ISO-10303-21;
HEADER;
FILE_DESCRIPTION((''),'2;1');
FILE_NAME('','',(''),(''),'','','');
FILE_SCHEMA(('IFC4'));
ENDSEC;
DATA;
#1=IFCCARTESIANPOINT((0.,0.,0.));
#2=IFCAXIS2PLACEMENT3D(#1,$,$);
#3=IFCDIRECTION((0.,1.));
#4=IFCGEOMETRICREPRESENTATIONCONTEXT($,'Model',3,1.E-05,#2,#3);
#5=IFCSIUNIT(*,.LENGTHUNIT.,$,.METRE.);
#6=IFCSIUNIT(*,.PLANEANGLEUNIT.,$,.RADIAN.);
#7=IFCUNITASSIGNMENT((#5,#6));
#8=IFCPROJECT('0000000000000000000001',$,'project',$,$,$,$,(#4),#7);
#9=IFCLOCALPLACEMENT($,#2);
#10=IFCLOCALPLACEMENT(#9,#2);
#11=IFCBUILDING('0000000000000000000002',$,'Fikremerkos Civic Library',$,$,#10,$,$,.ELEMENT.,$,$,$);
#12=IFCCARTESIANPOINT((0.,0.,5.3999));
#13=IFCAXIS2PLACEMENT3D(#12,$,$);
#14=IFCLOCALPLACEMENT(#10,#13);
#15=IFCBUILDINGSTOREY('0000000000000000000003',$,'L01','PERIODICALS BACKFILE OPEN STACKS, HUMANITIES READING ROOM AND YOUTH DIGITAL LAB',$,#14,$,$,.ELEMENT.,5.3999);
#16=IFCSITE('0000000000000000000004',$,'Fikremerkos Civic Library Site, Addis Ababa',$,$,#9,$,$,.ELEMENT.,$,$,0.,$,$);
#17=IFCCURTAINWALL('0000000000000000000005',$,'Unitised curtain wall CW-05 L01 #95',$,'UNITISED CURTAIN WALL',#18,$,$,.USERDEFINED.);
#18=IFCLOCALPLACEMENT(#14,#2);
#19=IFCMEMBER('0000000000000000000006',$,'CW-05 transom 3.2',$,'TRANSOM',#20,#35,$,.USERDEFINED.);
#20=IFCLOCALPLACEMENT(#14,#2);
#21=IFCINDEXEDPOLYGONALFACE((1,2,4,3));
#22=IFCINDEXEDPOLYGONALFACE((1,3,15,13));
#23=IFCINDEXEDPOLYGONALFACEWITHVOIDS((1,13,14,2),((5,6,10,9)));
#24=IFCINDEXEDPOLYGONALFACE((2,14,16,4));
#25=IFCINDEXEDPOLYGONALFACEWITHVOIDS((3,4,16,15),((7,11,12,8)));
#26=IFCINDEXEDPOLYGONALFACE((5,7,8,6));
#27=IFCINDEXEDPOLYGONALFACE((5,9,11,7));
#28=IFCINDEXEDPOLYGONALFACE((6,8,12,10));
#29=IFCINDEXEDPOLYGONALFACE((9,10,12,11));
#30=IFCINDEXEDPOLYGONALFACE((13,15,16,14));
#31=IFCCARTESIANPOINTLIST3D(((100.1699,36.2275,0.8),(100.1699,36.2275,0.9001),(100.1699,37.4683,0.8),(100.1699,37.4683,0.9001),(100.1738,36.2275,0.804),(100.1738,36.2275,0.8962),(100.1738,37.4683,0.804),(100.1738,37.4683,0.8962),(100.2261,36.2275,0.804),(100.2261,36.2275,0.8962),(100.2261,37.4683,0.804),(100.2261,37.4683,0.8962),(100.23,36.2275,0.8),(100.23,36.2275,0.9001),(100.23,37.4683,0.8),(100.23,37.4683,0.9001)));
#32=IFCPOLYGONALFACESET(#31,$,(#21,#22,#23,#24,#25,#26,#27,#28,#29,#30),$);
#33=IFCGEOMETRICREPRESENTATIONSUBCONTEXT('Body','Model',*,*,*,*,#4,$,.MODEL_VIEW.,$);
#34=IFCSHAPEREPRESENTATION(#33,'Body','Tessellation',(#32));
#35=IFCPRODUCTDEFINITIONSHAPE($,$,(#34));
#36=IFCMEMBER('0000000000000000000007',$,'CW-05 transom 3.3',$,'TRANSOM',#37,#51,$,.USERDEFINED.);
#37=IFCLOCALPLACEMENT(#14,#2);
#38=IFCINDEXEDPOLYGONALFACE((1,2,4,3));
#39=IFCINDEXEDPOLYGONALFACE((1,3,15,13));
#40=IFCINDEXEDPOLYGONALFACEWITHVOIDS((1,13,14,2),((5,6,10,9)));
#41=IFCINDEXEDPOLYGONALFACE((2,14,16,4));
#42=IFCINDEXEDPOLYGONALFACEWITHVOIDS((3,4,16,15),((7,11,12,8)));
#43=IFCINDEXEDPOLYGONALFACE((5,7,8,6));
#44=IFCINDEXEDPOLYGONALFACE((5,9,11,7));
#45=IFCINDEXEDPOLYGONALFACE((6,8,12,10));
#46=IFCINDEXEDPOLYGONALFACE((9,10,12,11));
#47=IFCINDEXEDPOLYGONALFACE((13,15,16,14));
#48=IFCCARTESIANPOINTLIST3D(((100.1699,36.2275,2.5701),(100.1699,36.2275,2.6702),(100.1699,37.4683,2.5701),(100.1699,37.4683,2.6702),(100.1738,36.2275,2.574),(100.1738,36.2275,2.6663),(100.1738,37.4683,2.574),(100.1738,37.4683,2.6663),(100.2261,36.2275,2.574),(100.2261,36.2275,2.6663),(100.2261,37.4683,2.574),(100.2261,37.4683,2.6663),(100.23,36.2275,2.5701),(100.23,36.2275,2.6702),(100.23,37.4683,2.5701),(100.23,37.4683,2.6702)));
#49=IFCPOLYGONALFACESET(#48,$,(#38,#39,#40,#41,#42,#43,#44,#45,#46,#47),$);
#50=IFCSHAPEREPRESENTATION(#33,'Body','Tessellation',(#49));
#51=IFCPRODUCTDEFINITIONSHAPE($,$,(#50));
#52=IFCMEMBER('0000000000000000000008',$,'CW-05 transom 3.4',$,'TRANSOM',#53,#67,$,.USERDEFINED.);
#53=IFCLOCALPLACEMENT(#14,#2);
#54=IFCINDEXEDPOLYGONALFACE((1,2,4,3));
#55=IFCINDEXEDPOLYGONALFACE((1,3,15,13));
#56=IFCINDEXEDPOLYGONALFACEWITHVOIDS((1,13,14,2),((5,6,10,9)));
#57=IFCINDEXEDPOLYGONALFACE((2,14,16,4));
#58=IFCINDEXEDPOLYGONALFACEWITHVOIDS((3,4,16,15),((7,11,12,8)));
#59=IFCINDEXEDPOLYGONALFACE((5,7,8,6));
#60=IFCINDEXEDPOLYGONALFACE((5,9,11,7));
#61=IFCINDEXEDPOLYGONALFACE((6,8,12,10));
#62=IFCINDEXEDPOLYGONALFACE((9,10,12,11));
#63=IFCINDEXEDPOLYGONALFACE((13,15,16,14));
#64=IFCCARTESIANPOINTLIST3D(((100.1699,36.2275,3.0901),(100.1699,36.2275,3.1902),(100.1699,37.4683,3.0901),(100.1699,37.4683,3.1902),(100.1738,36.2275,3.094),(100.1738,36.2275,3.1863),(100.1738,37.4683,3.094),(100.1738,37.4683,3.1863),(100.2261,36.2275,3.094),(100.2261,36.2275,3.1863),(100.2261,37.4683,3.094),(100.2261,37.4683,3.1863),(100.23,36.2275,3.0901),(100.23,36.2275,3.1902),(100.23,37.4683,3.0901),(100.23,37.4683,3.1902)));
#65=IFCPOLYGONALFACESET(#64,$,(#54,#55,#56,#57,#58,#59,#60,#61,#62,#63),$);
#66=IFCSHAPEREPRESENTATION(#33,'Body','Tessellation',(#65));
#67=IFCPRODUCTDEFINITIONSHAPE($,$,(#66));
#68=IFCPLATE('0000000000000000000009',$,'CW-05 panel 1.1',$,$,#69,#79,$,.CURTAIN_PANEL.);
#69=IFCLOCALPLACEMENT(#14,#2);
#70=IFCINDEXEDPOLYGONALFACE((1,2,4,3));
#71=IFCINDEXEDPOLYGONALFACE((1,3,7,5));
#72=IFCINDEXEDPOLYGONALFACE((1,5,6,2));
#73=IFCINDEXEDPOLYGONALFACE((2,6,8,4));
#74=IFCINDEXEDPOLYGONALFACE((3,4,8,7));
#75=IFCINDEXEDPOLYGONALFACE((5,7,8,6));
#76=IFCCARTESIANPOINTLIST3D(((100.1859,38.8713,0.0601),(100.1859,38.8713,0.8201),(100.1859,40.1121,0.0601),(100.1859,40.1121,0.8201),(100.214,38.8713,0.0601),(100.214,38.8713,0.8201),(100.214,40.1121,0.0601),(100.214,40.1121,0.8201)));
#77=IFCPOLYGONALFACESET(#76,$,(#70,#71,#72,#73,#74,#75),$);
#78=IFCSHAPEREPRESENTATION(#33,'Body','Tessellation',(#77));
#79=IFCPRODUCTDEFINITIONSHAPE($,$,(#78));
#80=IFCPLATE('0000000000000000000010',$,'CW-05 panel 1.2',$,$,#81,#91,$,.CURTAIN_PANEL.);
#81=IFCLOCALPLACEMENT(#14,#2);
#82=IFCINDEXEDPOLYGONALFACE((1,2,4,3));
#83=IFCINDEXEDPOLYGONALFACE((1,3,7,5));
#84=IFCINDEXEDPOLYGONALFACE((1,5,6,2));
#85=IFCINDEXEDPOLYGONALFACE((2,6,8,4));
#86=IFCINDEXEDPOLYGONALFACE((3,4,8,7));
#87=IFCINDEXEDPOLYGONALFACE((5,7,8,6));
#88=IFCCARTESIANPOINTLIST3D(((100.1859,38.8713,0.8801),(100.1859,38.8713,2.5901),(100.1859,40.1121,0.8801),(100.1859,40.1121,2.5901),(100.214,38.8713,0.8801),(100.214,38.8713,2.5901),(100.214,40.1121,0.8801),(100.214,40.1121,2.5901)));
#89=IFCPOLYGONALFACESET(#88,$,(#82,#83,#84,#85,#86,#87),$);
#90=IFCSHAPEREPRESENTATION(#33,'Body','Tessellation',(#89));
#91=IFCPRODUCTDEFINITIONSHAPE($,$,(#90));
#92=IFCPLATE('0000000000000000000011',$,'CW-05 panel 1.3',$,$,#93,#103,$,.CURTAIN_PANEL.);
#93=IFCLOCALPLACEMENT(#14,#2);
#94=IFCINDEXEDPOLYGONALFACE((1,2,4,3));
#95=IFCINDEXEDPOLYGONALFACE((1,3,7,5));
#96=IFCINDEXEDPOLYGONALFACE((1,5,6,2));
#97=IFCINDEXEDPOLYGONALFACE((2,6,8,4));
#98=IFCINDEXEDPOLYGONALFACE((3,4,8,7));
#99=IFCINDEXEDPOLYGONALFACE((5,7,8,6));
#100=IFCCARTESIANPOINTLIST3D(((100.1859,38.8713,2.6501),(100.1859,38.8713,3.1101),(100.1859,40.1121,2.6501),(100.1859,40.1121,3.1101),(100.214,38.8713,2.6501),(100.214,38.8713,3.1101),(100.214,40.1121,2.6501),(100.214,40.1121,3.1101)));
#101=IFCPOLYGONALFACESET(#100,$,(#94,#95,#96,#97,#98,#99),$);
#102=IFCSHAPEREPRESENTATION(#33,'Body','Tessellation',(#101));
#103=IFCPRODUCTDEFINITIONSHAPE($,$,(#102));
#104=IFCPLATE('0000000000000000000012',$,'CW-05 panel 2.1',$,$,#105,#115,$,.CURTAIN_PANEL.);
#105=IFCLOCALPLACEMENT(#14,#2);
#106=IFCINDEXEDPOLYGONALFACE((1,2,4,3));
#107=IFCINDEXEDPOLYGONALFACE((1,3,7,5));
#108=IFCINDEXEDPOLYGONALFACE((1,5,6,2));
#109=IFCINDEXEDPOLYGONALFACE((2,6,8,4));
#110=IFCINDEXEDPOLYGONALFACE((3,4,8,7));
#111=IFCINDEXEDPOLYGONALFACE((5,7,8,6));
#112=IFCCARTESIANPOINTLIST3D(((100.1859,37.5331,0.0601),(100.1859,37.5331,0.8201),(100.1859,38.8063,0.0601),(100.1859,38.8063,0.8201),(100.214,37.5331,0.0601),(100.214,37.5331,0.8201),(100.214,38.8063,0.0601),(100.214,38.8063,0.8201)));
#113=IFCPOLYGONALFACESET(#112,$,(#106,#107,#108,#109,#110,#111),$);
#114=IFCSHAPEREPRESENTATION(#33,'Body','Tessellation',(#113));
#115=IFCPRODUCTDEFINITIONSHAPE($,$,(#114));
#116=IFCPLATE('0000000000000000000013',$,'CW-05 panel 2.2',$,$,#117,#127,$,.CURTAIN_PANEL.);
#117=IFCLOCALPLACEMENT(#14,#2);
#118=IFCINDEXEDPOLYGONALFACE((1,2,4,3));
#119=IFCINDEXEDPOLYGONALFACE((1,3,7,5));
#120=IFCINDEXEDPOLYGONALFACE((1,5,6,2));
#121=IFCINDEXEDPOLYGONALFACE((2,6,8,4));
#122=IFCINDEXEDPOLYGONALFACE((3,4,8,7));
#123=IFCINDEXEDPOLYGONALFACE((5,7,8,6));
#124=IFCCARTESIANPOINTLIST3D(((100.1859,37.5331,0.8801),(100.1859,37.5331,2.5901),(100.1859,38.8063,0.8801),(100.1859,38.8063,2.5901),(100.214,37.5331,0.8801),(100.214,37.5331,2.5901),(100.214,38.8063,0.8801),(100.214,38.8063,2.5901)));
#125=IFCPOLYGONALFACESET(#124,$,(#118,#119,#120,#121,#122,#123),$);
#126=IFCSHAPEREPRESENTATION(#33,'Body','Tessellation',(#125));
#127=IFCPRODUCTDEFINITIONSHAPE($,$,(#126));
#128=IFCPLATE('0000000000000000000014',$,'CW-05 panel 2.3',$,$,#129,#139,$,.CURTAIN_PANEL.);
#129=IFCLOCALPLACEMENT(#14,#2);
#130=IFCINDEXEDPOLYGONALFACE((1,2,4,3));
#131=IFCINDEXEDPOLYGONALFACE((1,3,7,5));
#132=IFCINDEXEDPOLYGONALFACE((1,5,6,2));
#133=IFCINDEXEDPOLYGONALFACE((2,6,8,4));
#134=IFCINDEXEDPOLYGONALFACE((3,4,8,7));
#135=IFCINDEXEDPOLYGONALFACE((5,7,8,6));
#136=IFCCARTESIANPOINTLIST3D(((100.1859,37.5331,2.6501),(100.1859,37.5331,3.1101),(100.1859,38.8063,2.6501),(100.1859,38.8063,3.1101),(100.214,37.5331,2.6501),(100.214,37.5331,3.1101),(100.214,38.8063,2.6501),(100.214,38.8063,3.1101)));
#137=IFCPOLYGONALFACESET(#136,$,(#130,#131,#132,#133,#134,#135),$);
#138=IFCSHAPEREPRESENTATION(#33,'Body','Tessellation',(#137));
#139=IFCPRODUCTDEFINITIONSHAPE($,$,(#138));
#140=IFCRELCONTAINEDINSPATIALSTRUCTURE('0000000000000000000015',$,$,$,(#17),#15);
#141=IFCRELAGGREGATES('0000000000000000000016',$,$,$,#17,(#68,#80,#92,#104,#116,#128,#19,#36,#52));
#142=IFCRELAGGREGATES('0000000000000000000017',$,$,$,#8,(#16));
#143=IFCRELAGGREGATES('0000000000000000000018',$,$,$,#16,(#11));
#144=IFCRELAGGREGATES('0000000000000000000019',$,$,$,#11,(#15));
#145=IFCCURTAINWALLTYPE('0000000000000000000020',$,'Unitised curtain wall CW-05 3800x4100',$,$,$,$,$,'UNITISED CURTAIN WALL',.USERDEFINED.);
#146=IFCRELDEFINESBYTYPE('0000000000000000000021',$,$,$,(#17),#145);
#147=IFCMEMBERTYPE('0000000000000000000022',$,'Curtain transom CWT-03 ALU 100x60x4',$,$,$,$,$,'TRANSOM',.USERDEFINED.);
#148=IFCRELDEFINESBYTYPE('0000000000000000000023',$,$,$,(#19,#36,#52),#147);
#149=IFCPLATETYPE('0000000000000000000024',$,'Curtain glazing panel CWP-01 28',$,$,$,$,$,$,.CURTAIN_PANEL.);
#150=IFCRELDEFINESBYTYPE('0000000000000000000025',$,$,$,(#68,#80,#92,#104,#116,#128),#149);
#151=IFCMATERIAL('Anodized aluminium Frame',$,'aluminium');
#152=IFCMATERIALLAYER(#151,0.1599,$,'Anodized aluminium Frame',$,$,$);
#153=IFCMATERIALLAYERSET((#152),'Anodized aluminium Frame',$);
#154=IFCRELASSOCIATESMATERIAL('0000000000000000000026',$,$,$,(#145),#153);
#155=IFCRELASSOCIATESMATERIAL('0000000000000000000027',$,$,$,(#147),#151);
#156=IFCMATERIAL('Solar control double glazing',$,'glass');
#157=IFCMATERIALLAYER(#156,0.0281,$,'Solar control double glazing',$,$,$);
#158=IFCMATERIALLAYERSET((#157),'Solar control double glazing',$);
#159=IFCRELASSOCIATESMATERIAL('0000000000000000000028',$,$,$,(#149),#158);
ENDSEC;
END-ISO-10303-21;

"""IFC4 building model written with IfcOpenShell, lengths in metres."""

from ifc_helpers import new_model, si_unit, direction, frame, origin, origin_2d, place, context, subcontext, project, spatial, rectangle, hollow_rectangle, extrude, material, layer, layer_set, material_profile, profile_set, type_object, element, aggregate, save


model = new_model("IFC4")

# Units and contexts
model_context = context("Model", 3, precision=1e-05, world=origin(), true_north=direction((0.0, 1.0)))
body_context = subcontext(model_context, "Body", "Model", "MODEL_VIEW")
ifc_project = project(units=[si_unit("LENGTHUNIT", "METRE"), si_unit("PLANEANGLEUNIT", "RADIAN")], contexts=[model_context])

# Site, building, storey
site_placement = place(None, origin())
site = spatial("IfcSite", under=ifc_project, at=site_placement, Name="Fikremerkos Civic Library Site, Addis Ababa", CompositionType="ELEMENT", RefElevation=0.0)
building_placement = place(site_placement, origin())
building = spatial("IfcBuilding", under=site, at=building_placement, Name="Fikremerkos Civic Library", CompositionType="ELEMENT")
storey_placement = place(building_placement, frame((0.0, 0.0, 5.3999)))
storey = spatial("IfcBuildingStorey", under=building, at=storey_placement, Name="L01", Description="PERIODICALS BACKFILE OPEN STACKS, HUMANITIES READING ROOM AND YOUTH DIGITAL LAB", CompositionType="ELEMENT", Elevation=5.3999)

# Curtain wall, members, plates
ifc_material_1 = material(Name="Anodized aluminium Frame", Category="aluminium")
ifc_layer_1 = layer(ifc_material_1, 0.1599, Name="Anodized aluminium Frame")
ifc_layer_set_1 = layer_set([ifc_layer_1], Name="Anodized aluminium Frame")
curtain_wall_type = type_object("IfcCurtainWallType", Name="Unitised curtain wall CW-05 3800x4100", ElementType="UNITISED CURTAIN WALL", PredefinedType="USERDEFINED", material=ifc_layer_set_1)
curtain_wall_placement = place(storey_placement, origin())
curtain_wall = element("IfcCurtainWall", 1, at=curtain_wall_placement, inside=storey, type_object=curtain_wall_type, Name="Unitised curtain wall CW-05 L01 #95", ObjectType="UNITISED CURTAIN WALL", PredefinedType="USERDEFINED")
ifc_material_profile_1 = material_profile(ifc_material_1, hollow_rectangle(XDim=0.0601, YDim=0.1001, WallThickness=0.0039, at=origin_2d()), Name="ALU 100x60x4")
ifc_profile_set_1 = profile_set([ifc_material_profile_1], Name="Anodized aluminium Frame")
member_type_1 = type_object("IfcMemberType", Name="Curtain transom CWT-03 ALU 100x60x4", ElementType="TRANSOM", PredefinedType="USERDEFINED", material=ifc_profile_set_1)
member_1_placement = place(storey_placement, frame((100.2, 37.4683, 0.8501), z_axis=(0.0, -1.0, 0.0), x_axis=(1.0, 0.0, 0.0)))
member_1 = element("IfcMember", 2, at=member_1_placement, type_object=member_type_1, Name="CW-05 transom 3.2", ObjectType="TRANSOM", PredefinedType="USERDEFINED", context=body_context, shape_type="SweptSolid", body=[
    extrude(hollow_rectangle(XDim=0.0601, YDim=0.1001, WallThickness=0.0039, at=origin_2d()), origin(), (0.0, 0.0, 1.0), 1.2407),
])
member_2_placement = place(storey_placement, frame((100.2, 37.4683, 2.6201), z_axis=(0.0, -1.0, 0.0), x_axis=(1.0, 0.0, 0.0)))
member_2 = element("IfcMember", 3, at=member_2_placement, type_object=member_type_1, Name="CW-05 transom 3.3", ObjectType="TRANSOM", PredefinedType="USERDEFINED", context=body_context, shape_type="SweptSolid", body=[
    extrude(hollow_rectangle(XDim=0.0601, YDim=0.1001, WallThickness=0.0039, at=origin_2d()), origin(), (0.0, 0.0, 1.0), 1.2407),
])
member_3_placement = place(storey_placement, frame((100.2, 37.4683, 3.1401), z_axis=(0.0, -1.0, 0.0), x_axis=(1.0, 0.0, 0.0)))
member_3 = element("IfcMember", 4, at=member_3_placement, type_object=member_type_1, Name="CW-05 transom 3.4", ObjectType="TRANSOM", PredefinedType="USERDEFINED", context=body_context, shape_type="SweptSolid", body=[
    extrude(hollow_rectangle(XDim=0.0601, YDim=0.1001, WallThickness=0.0039, at=origin_2d()), origin(), (0.0, 0.0, 1.0), 1.2407),
])
ifc_material_2 = material(Name="Solar control double glazing", Category="glass")
ifc_layer_2 = layer(ifc_material_2, 0.0281, Name="Solar control double glazing")
ifc_layer_set_2 = layer_set([ifc_layer_2], Name="Solar control double glazing")
plate_type = type_object("IfcPlateType", Name="Curtain glazing panel CWP-01 28", PredefinedType="CURTAIN_PANEL", material=ifc_layer_set_2)
plate_1_placement = place(storey_placement, frame((100.2, 39.4917, 0.0601), z_axis=(0.0, 0.0, 1.0), x_axis=(0.0, -1.0, 0.0)))
plate_1 = element("IfcPlate", 5, at=plate_1_placement, type_object=plate_type, Name="CW-05 panel 1.1", PredefinedType="CURTAIN_PANEL", context=body_context, shape_type="SweptSolid", body=[
    extrude(rectangle(XDim=1.2407, YDim=0.0281, at=origin_2d()), origin(), (0.0, 0.0, 1.0), 0.76),
])
plate_2_placement = place(storey_placement, frame((100.2, 39.4917, 0.8801), z_axis=(0.0, 0.0, 1.0), x_axis=(0.0, -1.0, 0.0)))
plate_2 = element("IfcPlate", 6, at=plate_2_placement, type_object=plate_type, Name="CW-05 panel 1.2", PredefinedType="CURTAIN_PANEL", context=body_context, shape_type="SweptSolid", body=[
    extrude(rectangle(XDim=1.2407, YDim=0.0281, at=origin_2d()), origin(), (0.0, 0.0, 1.0), 1.71),
])
plate_3_placement = place(storey_placement, frame((100.2, 39.4917, 2.6501), z_axis=(0.0, 0.0, 1.0), x_axis=(0.0, -1.0, 0.0)))
plate_3 = element("IfcPlate", 7, at=plate_3_placement, type_object=plate_type, Name="CW-05 panel 1.3", PredefinedType="CURTAIN_PANEL", context=body_context, shape_type="SweptSolid", body=[
    extrude(rectangle(XDim=1.2407, YDim=0.0281, at=origin_2d()), origin(), (0.0, 0.0, 1.0), 0.46),
])
plate_4_placement = place(storey_placement, frame((100.2, 38.1697, 0.0601), z_axis=(0.0, 0.0, 1.0), x_axis=(0.0, -1.0, 0.0)))
plate_4 = element("IfcPlate", 8, at=plate_4_placement, type_object=plate_type, Name="CW-05 panel 2.1", PredefinedType="CURTAIN_PANEL", context=body_context, shape_type="SweptSolid", body=[
    extrude(rectangle(XDim=1.2732, YDim=0.0281, at=origin_2d()), origin(), (0.0, 0.0, 1.0), 0.76),
])
plate_5_placement = place(storey_placement, frame((100.2, 38.1697, 0.8801), z_axis=(0.0, 0.0, 1.0), x_axis=(0.0, -1.0, 0.0)))
plate_5 = element("IfcPlate", 9, at=plate_5_placement, type_object=plate_type, Name="CW-05 panel 2.2", PredefinedType="CURTAIN_PANEL", context=body_context, shape_type="SweptSolid", body=[
    extrude(rectangle(XDim=1.2732, YDim=0.0281, at=origin_2d()), origin(), (0.0, 0.0, 1.0), 1.71),
])
plate_6_placement = place(storey_placement, frame((100.2, 38.1697, 2.6501), z_axis=(0.0, 0.0, 1.0), x_axis=(0.0, -1.0, 0.0)))
plate_6 = element("IfcPlate", 10, at=plate_6_placement, type_object=plate_type, Name="CW-05 panel 2.3", PredefinedType="CURTAIN_PANEL", context=body_context, shape_type="SweptSolid", body=[
    extrude(rectangle(XDim=1.2732, YDim=0.0281, at=origin_2d()), origin(), (0.0, 0.0, 1.0), 0.46),
])
aggregate(curtain_wall, [plate_1, plate_2, plate_3, plate_4, plate_5, plate_6, member_1, member_2, member_3])

save(model, "model.ifc")
